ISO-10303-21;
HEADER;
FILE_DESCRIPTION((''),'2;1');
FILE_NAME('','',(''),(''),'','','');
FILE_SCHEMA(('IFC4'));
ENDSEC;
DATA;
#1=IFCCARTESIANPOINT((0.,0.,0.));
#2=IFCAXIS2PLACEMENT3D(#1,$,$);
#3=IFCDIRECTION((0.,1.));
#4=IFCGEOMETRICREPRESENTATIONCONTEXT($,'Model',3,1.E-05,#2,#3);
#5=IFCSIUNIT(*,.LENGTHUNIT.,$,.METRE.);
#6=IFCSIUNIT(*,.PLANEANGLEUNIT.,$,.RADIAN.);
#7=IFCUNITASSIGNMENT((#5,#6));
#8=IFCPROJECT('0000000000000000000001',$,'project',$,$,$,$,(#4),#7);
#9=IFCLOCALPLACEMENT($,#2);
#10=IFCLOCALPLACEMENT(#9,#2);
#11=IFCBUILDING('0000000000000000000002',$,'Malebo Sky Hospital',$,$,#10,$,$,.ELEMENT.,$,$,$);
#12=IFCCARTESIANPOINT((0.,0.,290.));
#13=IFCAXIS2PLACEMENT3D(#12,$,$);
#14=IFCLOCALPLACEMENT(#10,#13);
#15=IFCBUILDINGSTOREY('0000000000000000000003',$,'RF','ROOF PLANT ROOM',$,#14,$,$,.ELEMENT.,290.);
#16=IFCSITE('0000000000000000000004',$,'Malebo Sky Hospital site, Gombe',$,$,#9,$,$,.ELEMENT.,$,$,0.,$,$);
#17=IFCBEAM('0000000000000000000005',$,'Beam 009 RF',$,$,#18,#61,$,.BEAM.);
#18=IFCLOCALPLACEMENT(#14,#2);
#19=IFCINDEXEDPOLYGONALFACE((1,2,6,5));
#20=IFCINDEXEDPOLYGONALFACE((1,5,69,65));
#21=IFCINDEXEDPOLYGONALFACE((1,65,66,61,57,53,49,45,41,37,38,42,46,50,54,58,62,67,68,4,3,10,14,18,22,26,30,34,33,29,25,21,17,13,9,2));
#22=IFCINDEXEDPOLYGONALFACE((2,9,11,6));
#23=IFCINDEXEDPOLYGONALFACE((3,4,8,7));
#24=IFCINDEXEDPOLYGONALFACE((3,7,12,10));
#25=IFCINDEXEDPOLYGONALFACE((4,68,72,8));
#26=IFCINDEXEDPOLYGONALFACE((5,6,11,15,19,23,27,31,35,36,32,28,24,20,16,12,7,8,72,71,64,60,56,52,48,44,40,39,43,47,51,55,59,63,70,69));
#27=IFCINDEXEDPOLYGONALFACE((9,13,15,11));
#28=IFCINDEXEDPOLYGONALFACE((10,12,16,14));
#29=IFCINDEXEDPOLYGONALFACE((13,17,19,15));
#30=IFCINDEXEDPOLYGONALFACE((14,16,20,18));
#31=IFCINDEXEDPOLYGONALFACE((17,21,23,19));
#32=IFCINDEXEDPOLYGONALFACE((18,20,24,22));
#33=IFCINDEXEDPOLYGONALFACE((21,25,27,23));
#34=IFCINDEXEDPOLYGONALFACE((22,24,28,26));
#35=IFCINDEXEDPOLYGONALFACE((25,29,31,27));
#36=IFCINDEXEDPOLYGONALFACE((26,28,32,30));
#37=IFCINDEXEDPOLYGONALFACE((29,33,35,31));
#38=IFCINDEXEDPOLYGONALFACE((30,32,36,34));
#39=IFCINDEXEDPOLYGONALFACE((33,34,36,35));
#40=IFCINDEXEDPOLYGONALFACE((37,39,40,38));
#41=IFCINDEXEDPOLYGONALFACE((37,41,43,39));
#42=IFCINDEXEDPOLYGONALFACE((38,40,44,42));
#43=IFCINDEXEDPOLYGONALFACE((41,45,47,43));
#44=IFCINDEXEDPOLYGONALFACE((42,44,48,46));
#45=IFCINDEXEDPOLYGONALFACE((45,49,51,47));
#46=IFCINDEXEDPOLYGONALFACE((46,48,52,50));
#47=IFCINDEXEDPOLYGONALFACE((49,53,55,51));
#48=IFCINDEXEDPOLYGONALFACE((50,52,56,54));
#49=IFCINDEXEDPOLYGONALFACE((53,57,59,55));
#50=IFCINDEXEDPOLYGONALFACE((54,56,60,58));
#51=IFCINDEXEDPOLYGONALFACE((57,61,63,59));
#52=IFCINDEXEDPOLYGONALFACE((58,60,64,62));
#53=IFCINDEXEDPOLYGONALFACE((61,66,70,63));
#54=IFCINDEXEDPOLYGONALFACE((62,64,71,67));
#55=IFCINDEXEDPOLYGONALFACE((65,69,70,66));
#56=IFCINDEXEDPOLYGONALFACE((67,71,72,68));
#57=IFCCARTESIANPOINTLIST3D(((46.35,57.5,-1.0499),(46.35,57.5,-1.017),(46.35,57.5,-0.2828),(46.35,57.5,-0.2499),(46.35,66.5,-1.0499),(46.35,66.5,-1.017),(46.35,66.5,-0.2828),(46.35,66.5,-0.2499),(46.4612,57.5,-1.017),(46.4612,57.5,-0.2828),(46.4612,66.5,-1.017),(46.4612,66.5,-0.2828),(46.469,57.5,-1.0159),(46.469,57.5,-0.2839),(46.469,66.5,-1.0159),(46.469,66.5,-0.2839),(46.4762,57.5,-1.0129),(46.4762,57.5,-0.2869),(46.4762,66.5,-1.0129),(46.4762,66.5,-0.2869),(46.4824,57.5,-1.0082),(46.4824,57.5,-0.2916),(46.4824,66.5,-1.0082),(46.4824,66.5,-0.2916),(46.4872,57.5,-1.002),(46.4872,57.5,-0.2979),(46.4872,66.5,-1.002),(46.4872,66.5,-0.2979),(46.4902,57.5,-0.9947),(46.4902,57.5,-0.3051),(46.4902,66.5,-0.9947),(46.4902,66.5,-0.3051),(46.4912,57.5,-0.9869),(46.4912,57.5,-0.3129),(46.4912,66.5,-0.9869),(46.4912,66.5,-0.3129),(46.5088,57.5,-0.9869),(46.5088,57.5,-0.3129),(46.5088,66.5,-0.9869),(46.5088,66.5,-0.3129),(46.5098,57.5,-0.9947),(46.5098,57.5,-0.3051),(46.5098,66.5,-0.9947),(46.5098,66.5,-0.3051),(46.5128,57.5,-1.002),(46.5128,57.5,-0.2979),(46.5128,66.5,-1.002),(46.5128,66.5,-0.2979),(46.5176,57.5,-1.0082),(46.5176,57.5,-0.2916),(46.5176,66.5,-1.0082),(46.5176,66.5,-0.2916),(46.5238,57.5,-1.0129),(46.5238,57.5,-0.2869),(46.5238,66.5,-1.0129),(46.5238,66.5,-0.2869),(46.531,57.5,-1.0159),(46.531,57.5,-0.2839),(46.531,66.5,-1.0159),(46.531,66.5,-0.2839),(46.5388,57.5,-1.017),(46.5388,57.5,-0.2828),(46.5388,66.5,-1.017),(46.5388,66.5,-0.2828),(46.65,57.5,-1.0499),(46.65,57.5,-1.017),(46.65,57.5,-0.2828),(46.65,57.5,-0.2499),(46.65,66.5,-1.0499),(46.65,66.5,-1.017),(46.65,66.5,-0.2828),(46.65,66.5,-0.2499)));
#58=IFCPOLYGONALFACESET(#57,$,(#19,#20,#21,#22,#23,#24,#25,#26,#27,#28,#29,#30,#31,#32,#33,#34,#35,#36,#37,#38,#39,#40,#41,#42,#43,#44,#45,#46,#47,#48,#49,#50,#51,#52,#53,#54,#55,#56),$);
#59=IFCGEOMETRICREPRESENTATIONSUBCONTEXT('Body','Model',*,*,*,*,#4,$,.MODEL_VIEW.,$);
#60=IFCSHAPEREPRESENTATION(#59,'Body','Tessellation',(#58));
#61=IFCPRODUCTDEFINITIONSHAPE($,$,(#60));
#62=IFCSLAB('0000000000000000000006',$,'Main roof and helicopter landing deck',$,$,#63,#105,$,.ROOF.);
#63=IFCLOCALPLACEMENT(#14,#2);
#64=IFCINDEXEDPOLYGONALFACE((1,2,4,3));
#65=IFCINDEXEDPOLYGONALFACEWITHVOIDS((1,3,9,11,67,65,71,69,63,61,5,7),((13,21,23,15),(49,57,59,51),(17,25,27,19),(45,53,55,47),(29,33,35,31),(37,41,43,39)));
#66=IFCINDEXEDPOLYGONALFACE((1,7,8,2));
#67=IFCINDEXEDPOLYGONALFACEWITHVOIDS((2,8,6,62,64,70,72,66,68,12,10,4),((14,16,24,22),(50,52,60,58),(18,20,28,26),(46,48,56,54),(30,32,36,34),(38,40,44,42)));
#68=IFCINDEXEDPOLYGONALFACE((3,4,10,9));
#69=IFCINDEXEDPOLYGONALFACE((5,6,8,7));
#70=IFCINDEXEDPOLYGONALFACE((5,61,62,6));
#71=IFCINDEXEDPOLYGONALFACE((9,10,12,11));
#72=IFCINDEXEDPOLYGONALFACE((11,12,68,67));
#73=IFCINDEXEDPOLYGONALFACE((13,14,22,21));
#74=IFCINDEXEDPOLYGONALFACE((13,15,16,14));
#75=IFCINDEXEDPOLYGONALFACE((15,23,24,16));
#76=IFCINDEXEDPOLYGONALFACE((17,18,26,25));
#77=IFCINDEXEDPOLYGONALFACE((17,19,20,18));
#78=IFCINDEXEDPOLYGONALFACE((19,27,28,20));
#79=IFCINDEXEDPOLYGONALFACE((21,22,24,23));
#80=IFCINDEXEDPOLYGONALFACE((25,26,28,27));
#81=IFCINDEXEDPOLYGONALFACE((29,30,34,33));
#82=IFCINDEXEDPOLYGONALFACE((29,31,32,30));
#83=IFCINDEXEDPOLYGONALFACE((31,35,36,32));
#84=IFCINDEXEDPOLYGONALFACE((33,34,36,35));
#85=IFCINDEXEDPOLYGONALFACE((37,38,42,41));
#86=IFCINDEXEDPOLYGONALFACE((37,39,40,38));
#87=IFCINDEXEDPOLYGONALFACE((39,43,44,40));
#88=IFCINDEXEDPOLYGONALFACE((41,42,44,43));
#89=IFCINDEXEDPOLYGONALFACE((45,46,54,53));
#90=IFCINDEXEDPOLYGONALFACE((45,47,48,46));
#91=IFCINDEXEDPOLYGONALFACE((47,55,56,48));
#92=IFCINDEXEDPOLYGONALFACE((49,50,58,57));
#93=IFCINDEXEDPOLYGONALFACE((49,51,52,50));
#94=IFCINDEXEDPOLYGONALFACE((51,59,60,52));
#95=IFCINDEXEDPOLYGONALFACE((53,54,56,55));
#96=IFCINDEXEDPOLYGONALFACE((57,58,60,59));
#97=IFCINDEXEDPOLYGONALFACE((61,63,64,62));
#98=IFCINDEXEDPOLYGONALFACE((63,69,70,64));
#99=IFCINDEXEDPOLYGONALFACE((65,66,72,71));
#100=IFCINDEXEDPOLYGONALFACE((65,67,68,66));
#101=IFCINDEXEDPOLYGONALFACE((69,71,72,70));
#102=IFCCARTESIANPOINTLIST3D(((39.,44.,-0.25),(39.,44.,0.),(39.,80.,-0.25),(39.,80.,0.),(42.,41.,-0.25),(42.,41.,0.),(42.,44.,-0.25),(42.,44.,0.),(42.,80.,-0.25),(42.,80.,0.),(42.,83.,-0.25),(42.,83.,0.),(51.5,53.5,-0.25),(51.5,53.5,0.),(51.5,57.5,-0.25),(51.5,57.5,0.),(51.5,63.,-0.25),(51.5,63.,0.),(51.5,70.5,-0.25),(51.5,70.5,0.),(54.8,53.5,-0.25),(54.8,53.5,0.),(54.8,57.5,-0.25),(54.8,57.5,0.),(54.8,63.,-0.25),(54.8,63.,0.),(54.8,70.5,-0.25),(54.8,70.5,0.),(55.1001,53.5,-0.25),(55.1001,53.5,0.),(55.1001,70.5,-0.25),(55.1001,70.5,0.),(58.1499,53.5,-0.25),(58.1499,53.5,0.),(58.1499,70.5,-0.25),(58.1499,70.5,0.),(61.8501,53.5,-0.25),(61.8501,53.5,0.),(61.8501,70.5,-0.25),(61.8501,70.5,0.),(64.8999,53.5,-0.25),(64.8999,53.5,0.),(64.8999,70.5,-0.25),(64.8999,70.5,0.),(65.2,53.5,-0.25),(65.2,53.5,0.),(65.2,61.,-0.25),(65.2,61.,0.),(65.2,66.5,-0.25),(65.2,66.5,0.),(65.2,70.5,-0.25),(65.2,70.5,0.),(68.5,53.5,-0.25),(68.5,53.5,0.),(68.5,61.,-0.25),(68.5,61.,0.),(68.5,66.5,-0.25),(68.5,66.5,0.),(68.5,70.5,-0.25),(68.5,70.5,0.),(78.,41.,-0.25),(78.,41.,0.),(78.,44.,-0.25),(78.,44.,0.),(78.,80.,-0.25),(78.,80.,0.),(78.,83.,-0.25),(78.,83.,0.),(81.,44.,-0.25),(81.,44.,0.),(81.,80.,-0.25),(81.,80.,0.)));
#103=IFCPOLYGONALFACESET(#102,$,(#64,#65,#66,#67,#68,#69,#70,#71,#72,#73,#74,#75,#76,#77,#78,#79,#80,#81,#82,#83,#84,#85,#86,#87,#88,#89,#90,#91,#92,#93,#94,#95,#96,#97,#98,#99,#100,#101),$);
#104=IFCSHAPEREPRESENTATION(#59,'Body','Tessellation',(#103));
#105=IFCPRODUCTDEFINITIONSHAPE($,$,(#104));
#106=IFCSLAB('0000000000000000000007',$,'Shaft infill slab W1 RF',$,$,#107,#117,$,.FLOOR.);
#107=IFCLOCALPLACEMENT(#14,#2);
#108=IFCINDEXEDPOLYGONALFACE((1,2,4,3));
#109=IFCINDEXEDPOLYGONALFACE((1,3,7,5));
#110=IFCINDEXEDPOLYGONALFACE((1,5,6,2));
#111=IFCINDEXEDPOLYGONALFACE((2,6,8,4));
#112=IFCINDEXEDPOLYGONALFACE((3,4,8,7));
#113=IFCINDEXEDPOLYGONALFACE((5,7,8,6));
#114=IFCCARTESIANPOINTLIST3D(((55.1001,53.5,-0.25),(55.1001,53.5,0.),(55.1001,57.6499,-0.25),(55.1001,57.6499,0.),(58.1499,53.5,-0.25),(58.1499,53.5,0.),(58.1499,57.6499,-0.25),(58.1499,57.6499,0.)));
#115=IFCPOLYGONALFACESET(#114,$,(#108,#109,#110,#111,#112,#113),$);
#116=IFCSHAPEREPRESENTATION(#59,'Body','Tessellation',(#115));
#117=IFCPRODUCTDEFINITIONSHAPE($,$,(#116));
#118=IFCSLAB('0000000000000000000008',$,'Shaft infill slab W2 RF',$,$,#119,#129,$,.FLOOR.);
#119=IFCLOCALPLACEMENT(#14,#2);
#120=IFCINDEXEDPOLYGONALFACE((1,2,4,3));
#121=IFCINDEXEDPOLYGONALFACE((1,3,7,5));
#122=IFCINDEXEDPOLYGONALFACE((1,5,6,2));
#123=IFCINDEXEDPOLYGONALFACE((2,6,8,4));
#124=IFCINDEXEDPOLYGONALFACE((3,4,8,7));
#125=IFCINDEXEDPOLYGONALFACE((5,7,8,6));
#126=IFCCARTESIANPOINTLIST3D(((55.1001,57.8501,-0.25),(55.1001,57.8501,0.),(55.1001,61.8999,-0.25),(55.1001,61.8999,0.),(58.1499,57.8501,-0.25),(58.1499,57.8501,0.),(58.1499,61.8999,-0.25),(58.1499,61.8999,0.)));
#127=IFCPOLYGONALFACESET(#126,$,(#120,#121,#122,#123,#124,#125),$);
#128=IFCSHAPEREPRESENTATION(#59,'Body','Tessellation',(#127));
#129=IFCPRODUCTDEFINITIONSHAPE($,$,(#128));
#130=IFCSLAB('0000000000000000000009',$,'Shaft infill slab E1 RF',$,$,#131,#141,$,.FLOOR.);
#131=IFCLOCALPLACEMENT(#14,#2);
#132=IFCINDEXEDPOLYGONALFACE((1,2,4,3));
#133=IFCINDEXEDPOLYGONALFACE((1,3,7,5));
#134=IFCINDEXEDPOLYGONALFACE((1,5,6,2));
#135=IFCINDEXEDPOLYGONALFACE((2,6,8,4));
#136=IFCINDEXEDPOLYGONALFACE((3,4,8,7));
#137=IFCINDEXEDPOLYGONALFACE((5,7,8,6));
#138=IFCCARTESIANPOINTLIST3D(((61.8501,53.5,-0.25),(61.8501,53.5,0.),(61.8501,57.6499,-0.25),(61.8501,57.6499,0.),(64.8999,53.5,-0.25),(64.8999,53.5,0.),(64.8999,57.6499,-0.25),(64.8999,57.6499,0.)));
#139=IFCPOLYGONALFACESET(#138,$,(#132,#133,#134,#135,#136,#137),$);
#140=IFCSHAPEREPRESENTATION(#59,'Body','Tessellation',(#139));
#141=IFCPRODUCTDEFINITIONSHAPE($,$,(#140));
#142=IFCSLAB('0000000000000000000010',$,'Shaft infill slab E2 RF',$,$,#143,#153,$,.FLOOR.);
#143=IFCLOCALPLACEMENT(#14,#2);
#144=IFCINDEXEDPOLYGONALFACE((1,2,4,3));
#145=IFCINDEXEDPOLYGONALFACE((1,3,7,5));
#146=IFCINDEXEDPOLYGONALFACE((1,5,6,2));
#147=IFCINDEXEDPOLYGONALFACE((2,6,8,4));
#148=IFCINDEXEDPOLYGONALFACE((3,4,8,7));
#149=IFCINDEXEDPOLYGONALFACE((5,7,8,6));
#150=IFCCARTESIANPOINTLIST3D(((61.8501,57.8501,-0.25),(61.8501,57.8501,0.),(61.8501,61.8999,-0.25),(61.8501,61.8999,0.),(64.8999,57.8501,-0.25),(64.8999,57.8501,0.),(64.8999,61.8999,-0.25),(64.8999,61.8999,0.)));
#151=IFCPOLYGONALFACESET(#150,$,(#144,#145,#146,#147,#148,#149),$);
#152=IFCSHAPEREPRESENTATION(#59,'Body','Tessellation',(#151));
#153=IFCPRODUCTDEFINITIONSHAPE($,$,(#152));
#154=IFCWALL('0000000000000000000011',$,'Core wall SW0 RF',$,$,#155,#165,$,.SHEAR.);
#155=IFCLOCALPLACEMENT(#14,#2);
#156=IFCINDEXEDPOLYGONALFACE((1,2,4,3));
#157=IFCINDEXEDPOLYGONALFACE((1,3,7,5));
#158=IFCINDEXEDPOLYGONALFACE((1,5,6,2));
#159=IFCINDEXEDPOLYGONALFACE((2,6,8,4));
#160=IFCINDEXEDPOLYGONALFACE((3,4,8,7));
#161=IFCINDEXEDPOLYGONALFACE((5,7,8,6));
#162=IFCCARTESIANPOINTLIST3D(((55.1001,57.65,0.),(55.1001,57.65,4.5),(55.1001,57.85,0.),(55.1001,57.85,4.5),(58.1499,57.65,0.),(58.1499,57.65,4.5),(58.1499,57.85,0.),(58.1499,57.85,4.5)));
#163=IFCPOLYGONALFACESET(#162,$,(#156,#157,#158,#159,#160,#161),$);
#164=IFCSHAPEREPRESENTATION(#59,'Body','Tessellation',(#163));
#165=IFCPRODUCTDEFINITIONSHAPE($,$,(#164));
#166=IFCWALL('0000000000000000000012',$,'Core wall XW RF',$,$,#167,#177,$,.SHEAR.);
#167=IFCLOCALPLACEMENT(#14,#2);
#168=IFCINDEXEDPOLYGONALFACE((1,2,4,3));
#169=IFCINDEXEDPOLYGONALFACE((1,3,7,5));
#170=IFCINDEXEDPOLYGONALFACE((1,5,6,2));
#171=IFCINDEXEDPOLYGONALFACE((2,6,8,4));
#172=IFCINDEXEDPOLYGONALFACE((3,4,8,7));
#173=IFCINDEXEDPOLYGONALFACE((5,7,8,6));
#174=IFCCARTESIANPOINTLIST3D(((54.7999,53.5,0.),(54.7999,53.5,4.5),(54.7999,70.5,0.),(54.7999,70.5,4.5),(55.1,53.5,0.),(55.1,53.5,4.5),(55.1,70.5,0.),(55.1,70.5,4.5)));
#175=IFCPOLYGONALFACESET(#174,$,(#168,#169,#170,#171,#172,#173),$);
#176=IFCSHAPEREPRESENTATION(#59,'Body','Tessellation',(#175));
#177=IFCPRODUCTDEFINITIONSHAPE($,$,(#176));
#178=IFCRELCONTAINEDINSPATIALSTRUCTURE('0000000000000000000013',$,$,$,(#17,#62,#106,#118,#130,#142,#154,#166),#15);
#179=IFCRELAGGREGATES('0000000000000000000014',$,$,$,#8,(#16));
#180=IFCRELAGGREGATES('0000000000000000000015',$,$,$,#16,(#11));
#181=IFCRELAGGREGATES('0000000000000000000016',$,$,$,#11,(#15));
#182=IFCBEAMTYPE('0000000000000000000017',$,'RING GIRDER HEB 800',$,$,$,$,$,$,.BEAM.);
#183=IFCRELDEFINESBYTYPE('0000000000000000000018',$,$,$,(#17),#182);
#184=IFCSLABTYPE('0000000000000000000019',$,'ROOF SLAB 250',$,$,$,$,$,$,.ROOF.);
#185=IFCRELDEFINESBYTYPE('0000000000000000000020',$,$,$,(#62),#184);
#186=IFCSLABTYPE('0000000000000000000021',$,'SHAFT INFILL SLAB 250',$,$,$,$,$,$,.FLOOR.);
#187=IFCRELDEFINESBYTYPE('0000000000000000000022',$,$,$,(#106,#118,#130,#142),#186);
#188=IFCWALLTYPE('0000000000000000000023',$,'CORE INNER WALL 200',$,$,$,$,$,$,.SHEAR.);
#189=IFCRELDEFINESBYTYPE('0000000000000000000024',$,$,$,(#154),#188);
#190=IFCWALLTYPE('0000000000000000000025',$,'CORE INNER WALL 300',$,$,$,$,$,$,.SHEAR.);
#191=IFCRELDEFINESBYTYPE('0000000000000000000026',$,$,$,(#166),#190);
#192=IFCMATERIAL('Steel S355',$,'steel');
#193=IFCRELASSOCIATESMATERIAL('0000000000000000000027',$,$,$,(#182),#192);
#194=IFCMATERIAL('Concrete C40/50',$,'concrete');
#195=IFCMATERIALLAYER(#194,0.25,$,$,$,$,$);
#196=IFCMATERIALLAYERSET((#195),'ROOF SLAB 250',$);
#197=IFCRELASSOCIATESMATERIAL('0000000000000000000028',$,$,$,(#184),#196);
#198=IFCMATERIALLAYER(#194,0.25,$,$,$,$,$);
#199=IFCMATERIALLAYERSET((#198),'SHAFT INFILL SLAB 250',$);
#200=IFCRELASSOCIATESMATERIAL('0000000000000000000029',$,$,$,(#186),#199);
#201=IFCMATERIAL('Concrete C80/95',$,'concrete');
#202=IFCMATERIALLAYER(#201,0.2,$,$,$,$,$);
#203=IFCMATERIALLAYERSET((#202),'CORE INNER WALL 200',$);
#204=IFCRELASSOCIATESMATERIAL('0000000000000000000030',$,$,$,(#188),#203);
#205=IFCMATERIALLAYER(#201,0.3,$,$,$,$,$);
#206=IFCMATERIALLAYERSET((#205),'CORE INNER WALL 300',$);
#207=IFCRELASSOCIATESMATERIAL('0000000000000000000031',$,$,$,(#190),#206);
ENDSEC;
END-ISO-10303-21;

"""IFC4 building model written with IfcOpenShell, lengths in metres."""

from ifc_helpers import new_model, si_unit, direction, frame, frame_2d, origin, origin_2d, place, context, subcontext, project, spatial, polyline, rectangle, i_section, outline, extrude, material, layer, layer_set, material_profile, profile_set, type_object, element, save


model = new_model("IFC4")

# Units and contexts
model_context = context("Model", 3, precision=1e-05, world=origin(), true_north=direction((0.0, 1.0)))
body_context = subcontext(model_context, "Body", "Model", "MODEL_VIEW")
ifc_project = project(units=[si_unit("LENGTHUNIT", "METRE"), si_unit("PLANEANGLEUNIT", "RADIAN")], contexts=[model_context])

# Site, building, storey
site_placement = place(None, origin())
site = spatial("IfcSite", under=ifc_project, at=site_placement, Name="Malebo Sky Hospital site, Gombe", CompositionType="ELEMENT", RefElevation=0.0)
building_placement = place(site_placement, origin())
building = spatial("IfcBuilding", under=site, at=building_placement, Name="Malebo Sky Hospital", CompositionType="ELEMENT")
storey_placement = place(building_placement, frame((0.0, 0.0, 290.0)))
storey = spatial("IfcBuildingStorey", under=building, at=storey_placement, Name="RF", Description="ROOF PLANT ROOM", CompositionType="ELEMENT", Elevation=290.0)

# Shared definitions
ifc_material_1 = material(Name="Steel S355", Category="steel")

# Beam
ifc_material_profile_1 = material_profile(ifc_material_1, i_section(OverallWidth=0.3, OverallDepth=0.8, WebThickness=0.0176, FlangeThickness=0.033, FilletRadius=0.03, at=origin_2d()), Name="HEB 800")
ifc_profile_set_1 = profile_set([ifc_material_profile_1], Name="Steel S355")
beam_type_1 = type_object("IfcBeamType", Name="RING GIRDER HEB 800", PredefinedType="BEAM", material=ifc_profile_set_1)
beam_1_placement = place(storey_placement, frame((46.5, 57.5, -0.6499), z_axis=(0.0, 1.0, 0.0), x_axis=(-1.0, 0.0, 0.0)))
element("IfcBeam", 1, at=beam_1_placement, inside=storey, type_object=beam_type_1, Name="Beam 009 RF", PredefinedType="BEAM", context=body_context, shape_type="SweptSolid", body=[
    extrude(i_section(OverallWidth=0.3, OverallDepth=0.8, WebThickness=0.0176, FlangeThickness=0.033, FilletRadius=0.03, at=origin_2d()), origin(), (0.0, 0.0, 1.0), 9.0),
])

# Slabs
ifc_material_2 = material(Name="Concrete C40/50", Category="concrete")
ifc_layer_1 = layer(ifc_material_2, 0.25)
ifc_layer_set_1 = layer_set([ifc_layer_1], Name="ROOF SLAB 250")
slab_type_1 = type_object("IfcSlabType", Name="ROOF SLAB 250", PredefinedType="ROOF", material=ifc_layer_set_1)
slab_1_placement = place(storey_placement, frame((0.0, 0.0, -0.25)))
element("IfcSlab", 2, at=slab_1_placement, inside=storey, type_object=slab_type_1, Name="Main roof and helicopter landing deck", PredefinedType="ROOF", context=body_context, shape_type="SweptSolid", body=[
    extrude(outline(polyline([(42.0, 80.0), (39.0, 80.0), (39.0, 44.0), (42.0, 44.0), (42.0, 41.0), (78.0, 41.0), (78.0, 44.0), (81.0, 44.0), (81.0, 80.0), (78.0, 80.0), (78.0, 83.0), (42.0, 83.0), (42.0, 80.0)]), holes=[polyline([(58.1499, 70.5), (58.1499, 53.5), (55.1001, 53.5), (55.1001, 70.5), (58.1499, 70.5)]), polyline([(64.8999, 53.5), (61.8501, 53.5), (61.8501, 70.5), (64.8999, 70.5), (64.8999, 53.5)]), polyline([(51.5, 63.0), (51.5, 70.5), (54.8, 70.5), (54.8, 63.0), (51.5, 63.0)]), polyline([(51.5, 57.5), (54.8, 57.5), (54.8, 53.5), (51.5, 53.5), (51.5, 57.5)]), polyline([(68.5, 61.0), (68.5, 53.5), (65.2, 53.5), (65.2, 61.0), (68.5, 61.0)]), polyline([(68.5, 66.5), (65.2, 66.5), (65.2, 70.5), (68.5, 70.5), (68.5, 66.5)])]), origin(), (0.0, 0.0, 1.0), 0.25),
])
ifc_layer_2 = layer(ifc_material_2, 0.25)
ifc_layer_set_2 = layer_set([ifc_layer_2], Name="SHAFT INFILL SLAB 250")
slab_type_2 = type_object("IfcSlabType", Name="SHAFT INFILL SLAB 250", PredefinedType="FLOOR", material=ifc_layer_set_2)
slab_2_placement = place(storey_placement, frame((0.0, 0.0, -0.25)))
element("IfcSlab", 3, at=slab_2_placement, inside=storey, type_object=slab_type_2, Name="Shaft infill slab W1 RF", PredefinedType="FLOOR", context=body_context, shape_type="SweptSolid", body=[
    extrude(outline(polyline([(55.1001, 53.5), (58.1499, 53.5), (58.1499, 57.6499), (55.1001, 57.6499), (55.1001, 53.5)])), origin(), (0.0, 0.0, 1.0), 0.25),
])
slab_3_placement = place(storey_placement, frame((0.0, 0.0, -0.25)))
element("IfcSlab", 4, at=slab_3_placement, inside=storey, type_object=slab_type_2, Name="Shaft infill slab W2 RF", PredefinedType="FLOOR", context=body_context, shape_type="SweptSolid", body=[
    extrude(outline(polyline([(55.1001, 57.8501), (58.1499, 57.8501), (58.1499, 61.8999), (55.1001, 61.8999), (55.1001, 57.8501)])), origin(), (0.0, 0.0, 1.0), 0.25),
])
slab_4_placement = place(storey_placement, frame((0.0, 0.0, -0.25)))
element("IfcSlab", 5, at=slab_4_placement, inside=storey, type_object=slab_type_2, Name="Shaft infill slab E1 RF", PredefinedType="FLOOR", context=body_context, shape_type="SweptSolid", body=[
    extrude(outline(polyline([(61.8501, 53.5), (64.8999, 53.5), (64.8999, 57.6499), (61.8501, 57.6499), (61.8501, 53.5)])), origin(), (0.0, 0.0, 1.0), 0.25),
])
slab_5_placement = place(storey_placement, frame((0.0, 0.0, -0.25)))
element("IfcSlab", 6, at=slab_5_placement, inside=storey, type_object=slab_type_2, Name="Shaft infill slab E2 RF", PredefinedType="FLOOR", context=body_context, shape_type="SweptSolid", body=[
    extrude(outline(polyline([(61.8501, 57.8501), (64.8999, 57.8501), (64.8999, 61.8999), (61.8501, 61.8999), (61.8501, 57.8501)])), origin(), (0.0, 0.0, 1.0), 0.25),
])

# Walls
ifc_material_3 = material(Name="Concrete C80/95", Category="concrete")
ifc_layer_3 = layer(ifc_material_3, 0.2)
ifc_layer_set_3 = layer_set([ifc_layer_3], Name="CORE INNER WALL 200")
wall_type_1 = type_object("IfcWallType", Name="CORE INNER WALL 200", PredefinedType="SHEAR", material=ifc_layer_set_3)
wall_1_placement = place(storey_placement, frame((55.1001, 57.75, 0.0), z_axis=(0.0, 0.0, 1.0), x_axis=(1.0, 0.0, 0.0)))
element("IfcWall", 7, at=wall_1_placement, inside=storey, type_object=wall_type_1, Name="Core wall SW0 RF", PredefinedType="SHEAR", context=body_context, shape_type="SweptSolid", body=[
    extrude(rectangle(XDim=3.0498, YDim=0.2, at=frame_2d((1.5249, 0.0))), origin(), (0.0, 0.0, 1.0), 4.5),
])
ifc_layer_4 = layer(ifc_material_3, 0.3)
ifc_layer_set_4 = layer_set([ifc_layer_4], Name="CORE INNER WALL 300")
wall_type_2 = type_object("IfcWallType", Name="CORE INNER WALL 300", PredefinedType="SHEAR", material=ifc_layer_set_4)
wall_2_placement = place(storey_placement, frame((54.95, 53.5, 0.0), z_axis=(0.0, 0.0, 1.0), x_axis=(0.0, 1.0, 0.0)))
element("IfcWall", 8, at=wall_2_placement, inside=storey, type_object=wall_type_2, Name="Core wall XW RF", PredefinedType="SHEAR", context=body_context, shape_type="SweptSolid", body=[
    extrude(rectangle(XDim=17.0, YDim=0.3, at=frame_2d((8.5, 0.0))), origin(), (0.0, 0.0, 1.0), 4.5),
])

save(model, "model.ifc")
